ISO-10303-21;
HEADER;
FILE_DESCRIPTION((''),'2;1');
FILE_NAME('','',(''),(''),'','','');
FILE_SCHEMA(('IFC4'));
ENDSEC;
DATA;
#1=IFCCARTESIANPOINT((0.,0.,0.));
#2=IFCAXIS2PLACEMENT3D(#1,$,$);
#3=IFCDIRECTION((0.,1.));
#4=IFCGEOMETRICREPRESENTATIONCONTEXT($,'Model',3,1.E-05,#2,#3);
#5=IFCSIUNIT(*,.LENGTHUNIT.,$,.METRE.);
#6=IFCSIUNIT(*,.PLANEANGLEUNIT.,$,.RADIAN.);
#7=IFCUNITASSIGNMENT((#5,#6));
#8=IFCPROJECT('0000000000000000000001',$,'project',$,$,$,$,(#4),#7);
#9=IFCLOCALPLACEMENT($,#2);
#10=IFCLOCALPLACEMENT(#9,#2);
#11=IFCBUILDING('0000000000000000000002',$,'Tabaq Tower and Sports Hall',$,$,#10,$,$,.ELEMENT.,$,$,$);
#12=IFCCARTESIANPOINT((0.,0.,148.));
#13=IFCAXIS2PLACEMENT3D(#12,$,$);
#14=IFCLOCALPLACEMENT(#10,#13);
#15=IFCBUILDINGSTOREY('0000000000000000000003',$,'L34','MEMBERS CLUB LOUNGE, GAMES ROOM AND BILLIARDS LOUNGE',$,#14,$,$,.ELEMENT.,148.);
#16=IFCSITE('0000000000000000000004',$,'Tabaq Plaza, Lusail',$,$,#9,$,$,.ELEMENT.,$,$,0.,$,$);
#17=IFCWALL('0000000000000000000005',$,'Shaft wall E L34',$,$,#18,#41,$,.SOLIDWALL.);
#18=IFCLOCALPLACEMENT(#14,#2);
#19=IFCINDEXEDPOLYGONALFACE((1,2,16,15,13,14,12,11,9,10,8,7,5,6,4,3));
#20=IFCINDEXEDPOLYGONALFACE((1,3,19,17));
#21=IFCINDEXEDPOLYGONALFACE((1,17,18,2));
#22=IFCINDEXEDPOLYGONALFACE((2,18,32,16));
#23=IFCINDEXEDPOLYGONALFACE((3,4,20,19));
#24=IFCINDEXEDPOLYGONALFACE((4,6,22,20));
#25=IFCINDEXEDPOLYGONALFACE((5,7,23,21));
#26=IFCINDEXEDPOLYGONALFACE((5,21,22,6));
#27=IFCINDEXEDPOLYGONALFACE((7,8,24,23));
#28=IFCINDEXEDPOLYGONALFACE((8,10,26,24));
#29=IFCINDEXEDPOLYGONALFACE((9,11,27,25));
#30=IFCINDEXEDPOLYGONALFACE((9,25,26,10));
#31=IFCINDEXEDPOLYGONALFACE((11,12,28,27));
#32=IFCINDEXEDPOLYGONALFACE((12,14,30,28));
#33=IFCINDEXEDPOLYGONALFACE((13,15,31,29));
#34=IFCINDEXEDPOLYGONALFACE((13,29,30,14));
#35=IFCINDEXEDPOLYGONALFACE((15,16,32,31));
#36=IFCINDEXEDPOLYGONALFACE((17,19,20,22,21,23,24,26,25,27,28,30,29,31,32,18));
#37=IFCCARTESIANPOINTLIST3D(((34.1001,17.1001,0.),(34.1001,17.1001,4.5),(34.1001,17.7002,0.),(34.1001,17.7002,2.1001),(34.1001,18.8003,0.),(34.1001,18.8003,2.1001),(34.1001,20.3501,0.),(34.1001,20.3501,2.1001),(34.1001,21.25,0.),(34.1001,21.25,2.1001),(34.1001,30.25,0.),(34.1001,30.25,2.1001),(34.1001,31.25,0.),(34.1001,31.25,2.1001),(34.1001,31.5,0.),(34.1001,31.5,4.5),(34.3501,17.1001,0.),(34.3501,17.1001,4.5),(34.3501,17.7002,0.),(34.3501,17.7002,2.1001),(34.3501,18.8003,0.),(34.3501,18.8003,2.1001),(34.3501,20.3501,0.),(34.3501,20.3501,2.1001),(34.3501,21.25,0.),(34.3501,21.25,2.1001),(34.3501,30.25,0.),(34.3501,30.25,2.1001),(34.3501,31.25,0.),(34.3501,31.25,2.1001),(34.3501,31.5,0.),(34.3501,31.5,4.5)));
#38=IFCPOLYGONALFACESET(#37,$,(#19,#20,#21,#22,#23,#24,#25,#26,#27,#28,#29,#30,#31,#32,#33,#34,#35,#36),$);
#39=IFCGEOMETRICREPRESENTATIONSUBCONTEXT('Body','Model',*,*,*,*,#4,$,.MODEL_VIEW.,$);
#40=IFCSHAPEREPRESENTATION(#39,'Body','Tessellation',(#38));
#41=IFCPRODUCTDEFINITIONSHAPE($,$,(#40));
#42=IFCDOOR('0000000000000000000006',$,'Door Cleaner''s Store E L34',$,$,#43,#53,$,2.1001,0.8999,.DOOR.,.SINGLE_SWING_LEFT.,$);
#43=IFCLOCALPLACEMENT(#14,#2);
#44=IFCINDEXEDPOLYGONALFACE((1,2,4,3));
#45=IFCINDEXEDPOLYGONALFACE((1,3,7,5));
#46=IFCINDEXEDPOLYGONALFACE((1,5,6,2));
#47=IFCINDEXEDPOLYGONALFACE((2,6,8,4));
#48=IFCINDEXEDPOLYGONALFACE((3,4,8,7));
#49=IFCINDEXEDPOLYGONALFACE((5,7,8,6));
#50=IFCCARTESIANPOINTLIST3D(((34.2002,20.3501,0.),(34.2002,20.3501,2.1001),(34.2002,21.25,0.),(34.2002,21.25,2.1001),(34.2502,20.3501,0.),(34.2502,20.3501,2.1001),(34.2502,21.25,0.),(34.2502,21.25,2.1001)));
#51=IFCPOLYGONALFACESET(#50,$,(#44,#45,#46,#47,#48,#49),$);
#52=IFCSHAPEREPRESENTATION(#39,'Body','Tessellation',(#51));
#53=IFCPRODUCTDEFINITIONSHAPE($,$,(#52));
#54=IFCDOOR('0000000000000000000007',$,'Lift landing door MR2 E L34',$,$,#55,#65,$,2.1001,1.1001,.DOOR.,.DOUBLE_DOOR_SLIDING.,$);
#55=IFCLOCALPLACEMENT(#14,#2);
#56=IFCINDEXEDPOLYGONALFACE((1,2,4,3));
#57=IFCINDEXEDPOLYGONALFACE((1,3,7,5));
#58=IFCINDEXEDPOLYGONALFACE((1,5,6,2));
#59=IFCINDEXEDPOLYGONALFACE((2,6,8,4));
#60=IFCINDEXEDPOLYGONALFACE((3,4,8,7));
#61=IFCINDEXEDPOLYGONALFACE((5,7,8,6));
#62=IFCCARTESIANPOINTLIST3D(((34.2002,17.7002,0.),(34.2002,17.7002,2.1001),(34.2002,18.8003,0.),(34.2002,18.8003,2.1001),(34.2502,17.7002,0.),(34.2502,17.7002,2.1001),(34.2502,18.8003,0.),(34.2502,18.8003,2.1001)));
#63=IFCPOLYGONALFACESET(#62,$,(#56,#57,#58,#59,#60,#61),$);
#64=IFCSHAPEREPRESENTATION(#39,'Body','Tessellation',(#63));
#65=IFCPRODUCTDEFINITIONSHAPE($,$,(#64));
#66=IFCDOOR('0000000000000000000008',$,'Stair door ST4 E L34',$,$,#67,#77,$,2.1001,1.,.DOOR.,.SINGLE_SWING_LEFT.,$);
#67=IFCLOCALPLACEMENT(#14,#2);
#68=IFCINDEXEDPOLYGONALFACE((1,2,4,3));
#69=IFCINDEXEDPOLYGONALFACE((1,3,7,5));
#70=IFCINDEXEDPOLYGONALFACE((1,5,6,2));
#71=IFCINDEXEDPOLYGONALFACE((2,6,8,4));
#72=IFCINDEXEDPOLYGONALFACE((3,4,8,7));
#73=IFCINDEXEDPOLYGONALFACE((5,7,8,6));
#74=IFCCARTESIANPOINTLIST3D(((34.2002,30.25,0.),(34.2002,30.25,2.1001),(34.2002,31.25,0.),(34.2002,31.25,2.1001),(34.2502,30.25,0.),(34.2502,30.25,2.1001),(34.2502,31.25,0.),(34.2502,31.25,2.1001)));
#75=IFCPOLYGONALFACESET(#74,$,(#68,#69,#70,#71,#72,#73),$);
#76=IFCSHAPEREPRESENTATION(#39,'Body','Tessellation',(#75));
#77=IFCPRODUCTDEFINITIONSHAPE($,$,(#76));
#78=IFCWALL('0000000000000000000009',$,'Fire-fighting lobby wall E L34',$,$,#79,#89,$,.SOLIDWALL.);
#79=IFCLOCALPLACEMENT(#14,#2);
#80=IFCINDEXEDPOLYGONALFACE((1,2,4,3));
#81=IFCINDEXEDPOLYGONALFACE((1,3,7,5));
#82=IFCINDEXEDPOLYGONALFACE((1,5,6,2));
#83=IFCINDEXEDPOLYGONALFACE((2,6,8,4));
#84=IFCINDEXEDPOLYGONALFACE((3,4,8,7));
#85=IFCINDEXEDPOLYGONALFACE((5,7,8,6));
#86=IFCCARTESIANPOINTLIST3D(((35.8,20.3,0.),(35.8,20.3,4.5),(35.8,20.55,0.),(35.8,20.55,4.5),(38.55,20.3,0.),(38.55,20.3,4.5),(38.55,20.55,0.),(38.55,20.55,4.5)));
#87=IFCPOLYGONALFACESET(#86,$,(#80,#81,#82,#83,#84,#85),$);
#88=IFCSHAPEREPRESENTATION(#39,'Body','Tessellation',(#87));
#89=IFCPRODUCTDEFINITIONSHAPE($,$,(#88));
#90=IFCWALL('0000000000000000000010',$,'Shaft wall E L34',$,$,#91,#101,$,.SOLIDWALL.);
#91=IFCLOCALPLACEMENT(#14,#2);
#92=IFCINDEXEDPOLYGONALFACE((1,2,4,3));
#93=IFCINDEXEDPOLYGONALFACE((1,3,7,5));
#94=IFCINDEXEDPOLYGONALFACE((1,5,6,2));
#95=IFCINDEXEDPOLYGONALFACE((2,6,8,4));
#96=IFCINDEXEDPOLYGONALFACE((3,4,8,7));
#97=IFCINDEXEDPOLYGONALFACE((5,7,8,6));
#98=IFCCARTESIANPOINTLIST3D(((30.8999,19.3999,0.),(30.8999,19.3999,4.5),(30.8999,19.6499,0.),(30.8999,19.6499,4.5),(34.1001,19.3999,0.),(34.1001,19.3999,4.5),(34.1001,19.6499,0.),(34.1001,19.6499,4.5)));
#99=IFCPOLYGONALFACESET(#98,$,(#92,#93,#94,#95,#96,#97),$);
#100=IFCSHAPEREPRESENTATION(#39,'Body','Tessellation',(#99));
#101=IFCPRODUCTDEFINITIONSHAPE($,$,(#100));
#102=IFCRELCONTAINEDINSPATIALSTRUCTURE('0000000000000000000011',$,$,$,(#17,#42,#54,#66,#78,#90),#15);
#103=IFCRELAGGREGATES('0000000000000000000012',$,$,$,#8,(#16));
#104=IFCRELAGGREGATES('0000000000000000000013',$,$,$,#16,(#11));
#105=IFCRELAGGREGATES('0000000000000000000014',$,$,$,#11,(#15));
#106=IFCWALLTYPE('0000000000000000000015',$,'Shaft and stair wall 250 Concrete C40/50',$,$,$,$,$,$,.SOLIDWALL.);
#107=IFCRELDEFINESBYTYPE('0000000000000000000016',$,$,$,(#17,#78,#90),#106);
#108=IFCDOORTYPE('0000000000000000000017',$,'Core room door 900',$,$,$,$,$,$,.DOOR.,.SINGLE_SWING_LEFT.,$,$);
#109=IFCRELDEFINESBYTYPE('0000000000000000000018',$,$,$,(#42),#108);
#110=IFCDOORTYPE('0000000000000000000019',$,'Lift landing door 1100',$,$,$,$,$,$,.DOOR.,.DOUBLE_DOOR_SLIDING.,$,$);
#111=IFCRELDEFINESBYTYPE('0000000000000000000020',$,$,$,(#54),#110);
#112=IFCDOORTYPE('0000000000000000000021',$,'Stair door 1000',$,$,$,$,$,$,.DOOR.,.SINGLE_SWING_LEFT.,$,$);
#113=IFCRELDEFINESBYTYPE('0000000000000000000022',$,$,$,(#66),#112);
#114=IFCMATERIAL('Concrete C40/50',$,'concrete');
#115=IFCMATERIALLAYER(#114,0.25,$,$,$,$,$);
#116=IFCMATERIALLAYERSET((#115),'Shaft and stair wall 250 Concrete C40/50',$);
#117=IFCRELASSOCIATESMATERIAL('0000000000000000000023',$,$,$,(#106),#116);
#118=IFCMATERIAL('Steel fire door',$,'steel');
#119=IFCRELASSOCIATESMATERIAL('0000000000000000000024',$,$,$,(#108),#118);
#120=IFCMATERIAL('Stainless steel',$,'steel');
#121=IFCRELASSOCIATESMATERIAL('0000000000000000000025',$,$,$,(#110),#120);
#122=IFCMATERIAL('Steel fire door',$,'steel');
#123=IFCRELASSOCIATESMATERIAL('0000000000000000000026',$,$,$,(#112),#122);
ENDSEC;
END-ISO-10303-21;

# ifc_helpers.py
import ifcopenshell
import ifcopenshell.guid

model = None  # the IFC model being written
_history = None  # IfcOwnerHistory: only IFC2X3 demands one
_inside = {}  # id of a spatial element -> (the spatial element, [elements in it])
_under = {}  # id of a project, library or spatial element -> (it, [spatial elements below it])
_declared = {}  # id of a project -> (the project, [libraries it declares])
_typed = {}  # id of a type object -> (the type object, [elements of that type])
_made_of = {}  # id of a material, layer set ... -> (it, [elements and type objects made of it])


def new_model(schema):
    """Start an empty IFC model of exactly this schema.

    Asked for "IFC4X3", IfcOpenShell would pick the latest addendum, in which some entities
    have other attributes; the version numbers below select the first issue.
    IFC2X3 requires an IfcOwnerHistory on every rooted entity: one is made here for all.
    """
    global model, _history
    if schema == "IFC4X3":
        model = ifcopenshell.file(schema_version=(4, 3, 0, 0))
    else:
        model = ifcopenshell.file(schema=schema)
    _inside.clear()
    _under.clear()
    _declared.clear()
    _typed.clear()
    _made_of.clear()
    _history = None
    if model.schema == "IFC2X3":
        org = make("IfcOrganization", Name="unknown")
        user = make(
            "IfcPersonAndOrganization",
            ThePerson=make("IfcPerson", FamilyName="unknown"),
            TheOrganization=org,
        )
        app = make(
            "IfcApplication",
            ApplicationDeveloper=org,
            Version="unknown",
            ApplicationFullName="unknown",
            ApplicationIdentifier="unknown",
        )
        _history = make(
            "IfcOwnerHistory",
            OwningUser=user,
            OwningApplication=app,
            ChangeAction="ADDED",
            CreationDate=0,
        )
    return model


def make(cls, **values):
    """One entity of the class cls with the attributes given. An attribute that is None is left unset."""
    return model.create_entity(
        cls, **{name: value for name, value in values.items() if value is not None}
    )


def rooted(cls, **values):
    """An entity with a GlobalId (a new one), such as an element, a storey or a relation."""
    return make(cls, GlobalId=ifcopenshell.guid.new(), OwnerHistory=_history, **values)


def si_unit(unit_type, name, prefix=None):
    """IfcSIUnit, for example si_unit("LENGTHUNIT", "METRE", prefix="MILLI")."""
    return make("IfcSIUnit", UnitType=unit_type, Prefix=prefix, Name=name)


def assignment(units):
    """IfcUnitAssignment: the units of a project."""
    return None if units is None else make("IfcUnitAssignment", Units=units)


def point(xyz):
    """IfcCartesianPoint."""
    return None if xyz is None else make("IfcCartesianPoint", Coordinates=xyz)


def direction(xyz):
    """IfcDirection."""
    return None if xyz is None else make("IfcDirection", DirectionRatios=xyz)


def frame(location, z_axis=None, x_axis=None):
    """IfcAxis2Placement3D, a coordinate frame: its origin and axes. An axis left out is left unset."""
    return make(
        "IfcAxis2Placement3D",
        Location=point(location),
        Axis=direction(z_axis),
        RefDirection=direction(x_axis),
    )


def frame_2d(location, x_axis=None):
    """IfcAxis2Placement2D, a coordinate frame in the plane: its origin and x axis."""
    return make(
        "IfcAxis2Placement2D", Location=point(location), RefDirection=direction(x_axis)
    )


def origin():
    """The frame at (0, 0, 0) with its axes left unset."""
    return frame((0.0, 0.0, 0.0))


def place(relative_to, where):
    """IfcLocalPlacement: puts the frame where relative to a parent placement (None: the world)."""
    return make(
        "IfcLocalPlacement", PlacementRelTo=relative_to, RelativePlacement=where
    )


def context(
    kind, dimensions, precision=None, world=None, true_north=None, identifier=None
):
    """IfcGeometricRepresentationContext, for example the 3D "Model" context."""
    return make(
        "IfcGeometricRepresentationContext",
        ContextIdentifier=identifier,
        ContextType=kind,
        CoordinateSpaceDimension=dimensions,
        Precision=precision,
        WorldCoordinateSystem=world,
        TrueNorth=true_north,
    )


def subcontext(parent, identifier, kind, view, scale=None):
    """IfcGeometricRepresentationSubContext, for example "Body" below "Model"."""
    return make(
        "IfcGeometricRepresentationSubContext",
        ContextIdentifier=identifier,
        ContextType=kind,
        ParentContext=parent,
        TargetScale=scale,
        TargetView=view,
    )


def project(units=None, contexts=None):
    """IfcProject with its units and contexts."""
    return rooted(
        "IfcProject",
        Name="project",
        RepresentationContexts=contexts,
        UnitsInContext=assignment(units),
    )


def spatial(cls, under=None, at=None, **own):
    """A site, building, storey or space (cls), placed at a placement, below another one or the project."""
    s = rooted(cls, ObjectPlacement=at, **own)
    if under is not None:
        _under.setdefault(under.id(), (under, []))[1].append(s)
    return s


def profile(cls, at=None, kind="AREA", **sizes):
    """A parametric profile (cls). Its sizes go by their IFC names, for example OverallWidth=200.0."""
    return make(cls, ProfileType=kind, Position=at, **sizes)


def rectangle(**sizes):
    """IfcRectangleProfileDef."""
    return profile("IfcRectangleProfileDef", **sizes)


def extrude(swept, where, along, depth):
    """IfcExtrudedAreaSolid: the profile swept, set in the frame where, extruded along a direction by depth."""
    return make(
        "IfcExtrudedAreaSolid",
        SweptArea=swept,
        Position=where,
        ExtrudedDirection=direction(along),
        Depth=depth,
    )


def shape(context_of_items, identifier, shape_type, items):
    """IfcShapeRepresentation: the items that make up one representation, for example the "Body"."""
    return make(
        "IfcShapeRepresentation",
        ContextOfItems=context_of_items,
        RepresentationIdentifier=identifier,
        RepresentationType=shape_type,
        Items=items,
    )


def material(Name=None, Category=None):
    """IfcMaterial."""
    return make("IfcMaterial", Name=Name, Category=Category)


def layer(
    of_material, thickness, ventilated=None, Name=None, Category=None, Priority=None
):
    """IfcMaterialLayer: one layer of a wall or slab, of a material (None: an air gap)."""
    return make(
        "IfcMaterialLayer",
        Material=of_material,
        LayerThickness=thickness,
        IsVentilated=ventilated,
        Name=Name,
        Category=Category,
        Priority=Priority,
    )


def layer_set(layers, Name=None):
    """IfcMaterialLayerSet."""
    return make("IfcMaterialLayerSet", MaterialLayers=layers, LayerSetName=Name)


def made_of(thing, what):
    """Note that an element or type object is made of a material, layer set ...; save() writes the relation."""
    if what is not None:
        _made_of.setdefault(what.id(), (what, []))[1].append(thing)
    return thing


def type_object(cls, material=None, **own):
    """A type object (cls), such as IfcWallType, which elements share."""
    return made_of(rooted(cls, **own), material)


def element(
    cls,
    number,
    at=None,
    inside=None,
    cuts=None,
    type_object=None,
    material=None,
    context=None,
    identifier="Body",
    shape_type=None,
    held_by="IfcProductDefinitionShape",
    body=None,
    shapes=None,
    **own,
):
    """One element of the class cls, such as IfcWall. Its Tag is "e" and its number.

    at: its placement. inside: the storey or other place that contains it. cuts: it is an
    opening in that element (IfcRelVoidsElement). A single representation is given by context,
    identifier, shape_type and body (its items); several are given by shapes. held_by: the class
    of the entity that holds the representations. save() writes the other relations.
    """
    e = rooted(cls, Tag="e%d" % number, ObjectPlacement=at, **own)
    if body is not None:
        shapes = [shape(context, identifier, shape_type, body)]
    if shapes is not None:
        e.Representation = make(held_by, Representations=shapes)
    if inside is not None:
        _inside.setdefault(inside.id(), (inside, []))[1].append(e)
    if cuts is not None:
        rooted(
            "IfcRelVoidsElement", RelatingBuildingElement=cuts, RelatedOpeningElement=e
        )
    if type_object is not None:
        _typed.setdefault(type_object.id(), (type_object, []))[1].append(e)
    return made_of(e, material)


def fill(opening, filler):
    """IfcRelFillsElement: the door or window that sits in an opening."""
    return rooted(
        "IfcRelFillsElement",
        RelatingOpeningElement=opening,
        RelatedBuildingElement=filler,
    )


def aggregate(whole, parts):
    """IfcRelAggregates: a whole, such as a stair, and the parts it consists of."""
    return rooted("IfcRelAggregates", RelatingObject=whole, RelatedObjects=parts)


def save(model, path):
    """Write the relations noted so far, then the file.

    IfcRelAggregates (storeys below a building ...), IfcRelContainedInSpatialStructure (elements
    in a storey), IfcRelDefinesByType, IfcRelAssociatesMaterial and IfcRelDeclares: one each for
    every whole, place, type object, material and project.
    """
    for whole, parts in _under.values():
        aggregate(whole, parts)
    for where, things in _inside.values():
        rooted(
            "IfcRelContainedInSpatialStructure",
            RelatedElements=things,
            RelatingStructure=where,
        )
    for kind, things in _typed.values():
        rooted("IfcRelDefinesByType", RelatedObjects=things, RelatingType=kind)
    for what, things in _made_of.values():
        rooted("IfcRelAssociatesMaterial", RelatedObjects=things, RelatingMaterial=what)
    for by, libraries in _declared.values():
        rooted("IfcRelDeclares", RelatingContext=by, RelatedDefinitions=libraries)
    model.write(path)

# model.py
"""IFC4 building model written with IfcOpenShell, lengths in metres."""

from ifc_helpers import new_model, si_unit, direction, frame, frame_2d, origin, place, context, subcontext, project, spatial, rectangle, extrude, material, layer, layer_set, type_object, element, fill, save


model = new_model("IFC4")

# Units and contexts
model_context = context("Model", 3, precision=1e-05, world=origin(), true_north=direction((0.0, 1.0)))
body_context = subcontext(model_context, "Body", "Model", "MODEL_VIEW")
ifc_project = project(units=[si_unit("LENGTHUNIT", "METRE"), si_unit("PLANEANGLEUNIT", "RADIAN")], contexts=[model_context])

# Site, building, storey
site_placement = place(None, origin())
site = spatial("IfcSite", under=ifc_project, at=site_placement, Name="Tabaq Plaza, Lusail", CompositionType="ELEMENT", RefElevation=0.0)
building_placement = place(site_placement, origin())
building = spatial("IfcBuilding", under=site, at=building_placement, Name="Tabaq Tower and Sports Hall", CompositionType="ELEMENT")
storey_placement = place(building_placement, frame((0.0, 0.0, 148.0)))
storey = spatial("IfcBuildingStorey", under=building, at=storey_placement, Name="L34", Description="MEMBERS CLUB LOUNGE, GAMES ROOM AND BILLIARDS LOUNGE", CompositionType="ELEMENT", Elevation=148.0)

# Wall, openings, doors
ifc_material_1 = material(Name="Concrete C40/50", Category="concrete")
ifc_layer_1 = layer(ifc_material_1, 0.25)
ifc_layer_set_1 = layer_set([ifc_layer_1], Name="Shaft and stair wall 250 Concrete C40/50")
wall_type_1 = type_object("IfcWallType", Name="Shaft and stair wall 250 Concrete C40/50", PredefinedType="SOLIDWALL", material=ifc_layer_set_1)
wall_1_placement = place(storey_placement, frame((34.2251, 17.1001, 0.0), z_axis=(0.0, 0.0, 1.0), x_axis=(0.0, 1.0, 0.0)))
wall_1 = element("IfcWall", 1, at=wall_1_placement, inside=storey, type_object=wall_type_1, Name="Shaft wall E L34", PredefinedType="SOLIDWALL", context=body_context, shape_type="SweptSolid", body=[
    extrude(rectangle(XDim=14.3999, YDim=0.25, at=frame_2d((7.2, 0.0))), origin(), (0.0, 0.0, 1.0), 4.5),
])
opening_1_placement = place(wall_1_placement, frame((13.1499, 0.0, 0.0)))
opening_1 = element("IfcOpeningElement", 2, at=opening_1_placement, cuts=wall_1, PredefinedType="OPENING", context=body_context, shape_type="SweptSolid", body=[
    extrude(rectangle(XDim=1.0, YDim=2.1001, at=frame_2d((0.5, 1.05))), frame((0.0, 0.125, 0.0), z_axis=(0.0, -1.0, 0.0), x_axis=(1.0, 0.0, 0.0)), (0.0, 0.0, 1.0), 0.25),
])
opening_2_placement = place(wall_1_placement, frame((0.6001, 0.0, 0.0)))
opening_2 = element("IfcOpeningElement", 3, at=opening_2_placement, cuts=wall_1, PredefinedType="OPENING", context=body_context, shape_type="SweptSolid", body=[
    extrude(rectangle(XDim=1.1001, YDim=2.1001, at=frame_2d((0.55, 1.05))), frame((0.0, 0.125, 0.0), z_axis=(0.0, -1.0, 0.0), x_axis=(1.0, 0.0, 0.0)), (0.0, 0.0, 1.0), 0.25),
])
opening_3_placement = place(wall_1_placement, frame((3.25, 0.0, 0.0)))
opening_3 = element("IfcOpeningElement", 4, at=opening_3_placement, cuts=wall_1, PredefinedType="OPENING", context=body_context, shape_type="SweptSolid", body=[
    extrude(rectangle(XDim=0.8999, YDim=2.1001, at=frame_2d((0.45, 1.05))), frame((0.0, 0.125, 0.0), z_axis=(0.0, -1.0, 0.0), x_axis=(1.0, 0.0, 0.0)), (0.0, 0.0, 1.0), 0.25),
])
ifc_material_2 = material(Name="Steel fire door", Category="steel")
door_type_1 = type_object("IfcDoorType", Name="Core room door 900", OperationType="SINGLE_SWING_LEFT", PredefinedType="DOOR", material=ifc_material_2)
door_1_placement = place(opening_3_placement, origin())
door_1 = element("IfcDoor", 5, at=door_1_placement, inside=storey, type_object=door_type_1, Name="Door Cleaner's Store E L34", OperationType="SINGLE_SWING_LEFT", OverallHeight=2.1001, OverallWidth=0.8999, PredefinedType="DOOR", context=body_context, shape_type="SweptSolid", body=[
    extrude(rectangle(XDim=0.8999, YDim=2.1001, at=frame_2d((0.45, 1.05))), frame((0.0, 0.0249, 0.0), z_axis=(0.0, -1.0, 0.0), x_axis=(1.0, 0.0, 0.0)), (0.0, 0.0, 1.0), 0.05),
])
fill(opening_3, door_1)
ifc_material_3 = material(Name="Stainless steel", Category="steel")
door_type_2 = type_object("IfcDoorType", Name="Lift landing door 1100", OperationType="DOUBLE_DOOR_SLIDING", PredefinedType="DOOR", material=ifc_material_3)
door_2_placement = place(opening_2_placement, origin())
door_2 = element("IfcDoor", 6, at=door_2_placement, inside=storey, type_object=door_type_2, Name="Lift landing door MR2 E L34", OperationType="DOUBLE_DOOR_SLIDING", OverallHeight=2.1001, OverallWidth=1.1001, PredefinedType="DOOR", context=body_context, shape_type="SweptSolid", body=[
    extrude(rectangle(XDim=1.1001, YDim=2.1001, at=frame_2d((0.55, 1.05))), frame((0.0, 0.0249, 0.0), z_axis=(0.0, -1.0, 0.0), x_axis=(1.0, 0.0, 0.0)), (0.0, 0.0, 1.0), 0.05),
])
fill(opening_2, door_2)
ifc_material_4 = material(Name="Steel fire door", Category="steel")
door_type_3 = type_object("IfcDoorType", Name="Stair door 1000", OperationType="SINGLE_SWING_LEFT", PredefinedType="DOOR", material=ifc_material_4)
door_3_placement = place(opening_1_placement, origin())
door_3 = element("IfcDoor", 7, at=door_3_placement, inside=storey, type_object=door_type_3, Name="Stair door ST4 E L34", OperationType="SINGLE_SWING_LEFT", OverallHeight=2.1001, OverallWidth=1.0, PredefinedType="DOOR", context=body_context, shape_type="SweptSolid", body=[
    extrude(rectangle(XDim=1.0, YDim=2.1001, at=frame_2d((0.5, 1.05))), frame((0.0, 0.0249, 0.0), z_axis=(0.0, -1.0, 0.0), x_axis=(1.0, 0.0, 0.0)), (0.0, 0.0, 1.0), 0.05),
])
fill(opening_1, door_3)

# Walls
wall_2_placement = place(storey_placement, frame((35.8, 20.425, 0.0), z_axis=(0.0, 0.0, 1.0), x_axis=(1.0, 0.0, 0.0)))
element("IfcWall", 8, at=wall_2_placement, inside=storey, type_object=wall_type_1, Name="Fire-fighting lobby wall E L34", PredefinedType="SOLIDWALL", context=body_context, shape_type="SweptSolid", body=[
    extrude(rectangle(XDim=2.75, YDim=0.25, at=frame_2d((1.375, 0.0))), origin(), (0.0, 0.0, 1.0), 4.5),
])
wall_3_placement = place(storey_placement, frame((30.8999, 19.5249, 0.0), z_axis=(0.0, 0.0, 1.0), x_axis=(1.0, 0.0, 0.0)))
element("IfcWall", 9, at=wall_3_placement, inside=storey, type_object=wall_type_1, Name="Shaft wall E L34", PredefinedType="SOLIDWALL", context=body_context, shape_type="SweptSolid", body=[
    extrude(rectangle(XDim=3.2002, YDim=0.25, at=frame_2d((1.6001, 0.0))), origin(), (0.0, 0.0, 1.0), 4.5),
])

save(model, "model.ifc")
